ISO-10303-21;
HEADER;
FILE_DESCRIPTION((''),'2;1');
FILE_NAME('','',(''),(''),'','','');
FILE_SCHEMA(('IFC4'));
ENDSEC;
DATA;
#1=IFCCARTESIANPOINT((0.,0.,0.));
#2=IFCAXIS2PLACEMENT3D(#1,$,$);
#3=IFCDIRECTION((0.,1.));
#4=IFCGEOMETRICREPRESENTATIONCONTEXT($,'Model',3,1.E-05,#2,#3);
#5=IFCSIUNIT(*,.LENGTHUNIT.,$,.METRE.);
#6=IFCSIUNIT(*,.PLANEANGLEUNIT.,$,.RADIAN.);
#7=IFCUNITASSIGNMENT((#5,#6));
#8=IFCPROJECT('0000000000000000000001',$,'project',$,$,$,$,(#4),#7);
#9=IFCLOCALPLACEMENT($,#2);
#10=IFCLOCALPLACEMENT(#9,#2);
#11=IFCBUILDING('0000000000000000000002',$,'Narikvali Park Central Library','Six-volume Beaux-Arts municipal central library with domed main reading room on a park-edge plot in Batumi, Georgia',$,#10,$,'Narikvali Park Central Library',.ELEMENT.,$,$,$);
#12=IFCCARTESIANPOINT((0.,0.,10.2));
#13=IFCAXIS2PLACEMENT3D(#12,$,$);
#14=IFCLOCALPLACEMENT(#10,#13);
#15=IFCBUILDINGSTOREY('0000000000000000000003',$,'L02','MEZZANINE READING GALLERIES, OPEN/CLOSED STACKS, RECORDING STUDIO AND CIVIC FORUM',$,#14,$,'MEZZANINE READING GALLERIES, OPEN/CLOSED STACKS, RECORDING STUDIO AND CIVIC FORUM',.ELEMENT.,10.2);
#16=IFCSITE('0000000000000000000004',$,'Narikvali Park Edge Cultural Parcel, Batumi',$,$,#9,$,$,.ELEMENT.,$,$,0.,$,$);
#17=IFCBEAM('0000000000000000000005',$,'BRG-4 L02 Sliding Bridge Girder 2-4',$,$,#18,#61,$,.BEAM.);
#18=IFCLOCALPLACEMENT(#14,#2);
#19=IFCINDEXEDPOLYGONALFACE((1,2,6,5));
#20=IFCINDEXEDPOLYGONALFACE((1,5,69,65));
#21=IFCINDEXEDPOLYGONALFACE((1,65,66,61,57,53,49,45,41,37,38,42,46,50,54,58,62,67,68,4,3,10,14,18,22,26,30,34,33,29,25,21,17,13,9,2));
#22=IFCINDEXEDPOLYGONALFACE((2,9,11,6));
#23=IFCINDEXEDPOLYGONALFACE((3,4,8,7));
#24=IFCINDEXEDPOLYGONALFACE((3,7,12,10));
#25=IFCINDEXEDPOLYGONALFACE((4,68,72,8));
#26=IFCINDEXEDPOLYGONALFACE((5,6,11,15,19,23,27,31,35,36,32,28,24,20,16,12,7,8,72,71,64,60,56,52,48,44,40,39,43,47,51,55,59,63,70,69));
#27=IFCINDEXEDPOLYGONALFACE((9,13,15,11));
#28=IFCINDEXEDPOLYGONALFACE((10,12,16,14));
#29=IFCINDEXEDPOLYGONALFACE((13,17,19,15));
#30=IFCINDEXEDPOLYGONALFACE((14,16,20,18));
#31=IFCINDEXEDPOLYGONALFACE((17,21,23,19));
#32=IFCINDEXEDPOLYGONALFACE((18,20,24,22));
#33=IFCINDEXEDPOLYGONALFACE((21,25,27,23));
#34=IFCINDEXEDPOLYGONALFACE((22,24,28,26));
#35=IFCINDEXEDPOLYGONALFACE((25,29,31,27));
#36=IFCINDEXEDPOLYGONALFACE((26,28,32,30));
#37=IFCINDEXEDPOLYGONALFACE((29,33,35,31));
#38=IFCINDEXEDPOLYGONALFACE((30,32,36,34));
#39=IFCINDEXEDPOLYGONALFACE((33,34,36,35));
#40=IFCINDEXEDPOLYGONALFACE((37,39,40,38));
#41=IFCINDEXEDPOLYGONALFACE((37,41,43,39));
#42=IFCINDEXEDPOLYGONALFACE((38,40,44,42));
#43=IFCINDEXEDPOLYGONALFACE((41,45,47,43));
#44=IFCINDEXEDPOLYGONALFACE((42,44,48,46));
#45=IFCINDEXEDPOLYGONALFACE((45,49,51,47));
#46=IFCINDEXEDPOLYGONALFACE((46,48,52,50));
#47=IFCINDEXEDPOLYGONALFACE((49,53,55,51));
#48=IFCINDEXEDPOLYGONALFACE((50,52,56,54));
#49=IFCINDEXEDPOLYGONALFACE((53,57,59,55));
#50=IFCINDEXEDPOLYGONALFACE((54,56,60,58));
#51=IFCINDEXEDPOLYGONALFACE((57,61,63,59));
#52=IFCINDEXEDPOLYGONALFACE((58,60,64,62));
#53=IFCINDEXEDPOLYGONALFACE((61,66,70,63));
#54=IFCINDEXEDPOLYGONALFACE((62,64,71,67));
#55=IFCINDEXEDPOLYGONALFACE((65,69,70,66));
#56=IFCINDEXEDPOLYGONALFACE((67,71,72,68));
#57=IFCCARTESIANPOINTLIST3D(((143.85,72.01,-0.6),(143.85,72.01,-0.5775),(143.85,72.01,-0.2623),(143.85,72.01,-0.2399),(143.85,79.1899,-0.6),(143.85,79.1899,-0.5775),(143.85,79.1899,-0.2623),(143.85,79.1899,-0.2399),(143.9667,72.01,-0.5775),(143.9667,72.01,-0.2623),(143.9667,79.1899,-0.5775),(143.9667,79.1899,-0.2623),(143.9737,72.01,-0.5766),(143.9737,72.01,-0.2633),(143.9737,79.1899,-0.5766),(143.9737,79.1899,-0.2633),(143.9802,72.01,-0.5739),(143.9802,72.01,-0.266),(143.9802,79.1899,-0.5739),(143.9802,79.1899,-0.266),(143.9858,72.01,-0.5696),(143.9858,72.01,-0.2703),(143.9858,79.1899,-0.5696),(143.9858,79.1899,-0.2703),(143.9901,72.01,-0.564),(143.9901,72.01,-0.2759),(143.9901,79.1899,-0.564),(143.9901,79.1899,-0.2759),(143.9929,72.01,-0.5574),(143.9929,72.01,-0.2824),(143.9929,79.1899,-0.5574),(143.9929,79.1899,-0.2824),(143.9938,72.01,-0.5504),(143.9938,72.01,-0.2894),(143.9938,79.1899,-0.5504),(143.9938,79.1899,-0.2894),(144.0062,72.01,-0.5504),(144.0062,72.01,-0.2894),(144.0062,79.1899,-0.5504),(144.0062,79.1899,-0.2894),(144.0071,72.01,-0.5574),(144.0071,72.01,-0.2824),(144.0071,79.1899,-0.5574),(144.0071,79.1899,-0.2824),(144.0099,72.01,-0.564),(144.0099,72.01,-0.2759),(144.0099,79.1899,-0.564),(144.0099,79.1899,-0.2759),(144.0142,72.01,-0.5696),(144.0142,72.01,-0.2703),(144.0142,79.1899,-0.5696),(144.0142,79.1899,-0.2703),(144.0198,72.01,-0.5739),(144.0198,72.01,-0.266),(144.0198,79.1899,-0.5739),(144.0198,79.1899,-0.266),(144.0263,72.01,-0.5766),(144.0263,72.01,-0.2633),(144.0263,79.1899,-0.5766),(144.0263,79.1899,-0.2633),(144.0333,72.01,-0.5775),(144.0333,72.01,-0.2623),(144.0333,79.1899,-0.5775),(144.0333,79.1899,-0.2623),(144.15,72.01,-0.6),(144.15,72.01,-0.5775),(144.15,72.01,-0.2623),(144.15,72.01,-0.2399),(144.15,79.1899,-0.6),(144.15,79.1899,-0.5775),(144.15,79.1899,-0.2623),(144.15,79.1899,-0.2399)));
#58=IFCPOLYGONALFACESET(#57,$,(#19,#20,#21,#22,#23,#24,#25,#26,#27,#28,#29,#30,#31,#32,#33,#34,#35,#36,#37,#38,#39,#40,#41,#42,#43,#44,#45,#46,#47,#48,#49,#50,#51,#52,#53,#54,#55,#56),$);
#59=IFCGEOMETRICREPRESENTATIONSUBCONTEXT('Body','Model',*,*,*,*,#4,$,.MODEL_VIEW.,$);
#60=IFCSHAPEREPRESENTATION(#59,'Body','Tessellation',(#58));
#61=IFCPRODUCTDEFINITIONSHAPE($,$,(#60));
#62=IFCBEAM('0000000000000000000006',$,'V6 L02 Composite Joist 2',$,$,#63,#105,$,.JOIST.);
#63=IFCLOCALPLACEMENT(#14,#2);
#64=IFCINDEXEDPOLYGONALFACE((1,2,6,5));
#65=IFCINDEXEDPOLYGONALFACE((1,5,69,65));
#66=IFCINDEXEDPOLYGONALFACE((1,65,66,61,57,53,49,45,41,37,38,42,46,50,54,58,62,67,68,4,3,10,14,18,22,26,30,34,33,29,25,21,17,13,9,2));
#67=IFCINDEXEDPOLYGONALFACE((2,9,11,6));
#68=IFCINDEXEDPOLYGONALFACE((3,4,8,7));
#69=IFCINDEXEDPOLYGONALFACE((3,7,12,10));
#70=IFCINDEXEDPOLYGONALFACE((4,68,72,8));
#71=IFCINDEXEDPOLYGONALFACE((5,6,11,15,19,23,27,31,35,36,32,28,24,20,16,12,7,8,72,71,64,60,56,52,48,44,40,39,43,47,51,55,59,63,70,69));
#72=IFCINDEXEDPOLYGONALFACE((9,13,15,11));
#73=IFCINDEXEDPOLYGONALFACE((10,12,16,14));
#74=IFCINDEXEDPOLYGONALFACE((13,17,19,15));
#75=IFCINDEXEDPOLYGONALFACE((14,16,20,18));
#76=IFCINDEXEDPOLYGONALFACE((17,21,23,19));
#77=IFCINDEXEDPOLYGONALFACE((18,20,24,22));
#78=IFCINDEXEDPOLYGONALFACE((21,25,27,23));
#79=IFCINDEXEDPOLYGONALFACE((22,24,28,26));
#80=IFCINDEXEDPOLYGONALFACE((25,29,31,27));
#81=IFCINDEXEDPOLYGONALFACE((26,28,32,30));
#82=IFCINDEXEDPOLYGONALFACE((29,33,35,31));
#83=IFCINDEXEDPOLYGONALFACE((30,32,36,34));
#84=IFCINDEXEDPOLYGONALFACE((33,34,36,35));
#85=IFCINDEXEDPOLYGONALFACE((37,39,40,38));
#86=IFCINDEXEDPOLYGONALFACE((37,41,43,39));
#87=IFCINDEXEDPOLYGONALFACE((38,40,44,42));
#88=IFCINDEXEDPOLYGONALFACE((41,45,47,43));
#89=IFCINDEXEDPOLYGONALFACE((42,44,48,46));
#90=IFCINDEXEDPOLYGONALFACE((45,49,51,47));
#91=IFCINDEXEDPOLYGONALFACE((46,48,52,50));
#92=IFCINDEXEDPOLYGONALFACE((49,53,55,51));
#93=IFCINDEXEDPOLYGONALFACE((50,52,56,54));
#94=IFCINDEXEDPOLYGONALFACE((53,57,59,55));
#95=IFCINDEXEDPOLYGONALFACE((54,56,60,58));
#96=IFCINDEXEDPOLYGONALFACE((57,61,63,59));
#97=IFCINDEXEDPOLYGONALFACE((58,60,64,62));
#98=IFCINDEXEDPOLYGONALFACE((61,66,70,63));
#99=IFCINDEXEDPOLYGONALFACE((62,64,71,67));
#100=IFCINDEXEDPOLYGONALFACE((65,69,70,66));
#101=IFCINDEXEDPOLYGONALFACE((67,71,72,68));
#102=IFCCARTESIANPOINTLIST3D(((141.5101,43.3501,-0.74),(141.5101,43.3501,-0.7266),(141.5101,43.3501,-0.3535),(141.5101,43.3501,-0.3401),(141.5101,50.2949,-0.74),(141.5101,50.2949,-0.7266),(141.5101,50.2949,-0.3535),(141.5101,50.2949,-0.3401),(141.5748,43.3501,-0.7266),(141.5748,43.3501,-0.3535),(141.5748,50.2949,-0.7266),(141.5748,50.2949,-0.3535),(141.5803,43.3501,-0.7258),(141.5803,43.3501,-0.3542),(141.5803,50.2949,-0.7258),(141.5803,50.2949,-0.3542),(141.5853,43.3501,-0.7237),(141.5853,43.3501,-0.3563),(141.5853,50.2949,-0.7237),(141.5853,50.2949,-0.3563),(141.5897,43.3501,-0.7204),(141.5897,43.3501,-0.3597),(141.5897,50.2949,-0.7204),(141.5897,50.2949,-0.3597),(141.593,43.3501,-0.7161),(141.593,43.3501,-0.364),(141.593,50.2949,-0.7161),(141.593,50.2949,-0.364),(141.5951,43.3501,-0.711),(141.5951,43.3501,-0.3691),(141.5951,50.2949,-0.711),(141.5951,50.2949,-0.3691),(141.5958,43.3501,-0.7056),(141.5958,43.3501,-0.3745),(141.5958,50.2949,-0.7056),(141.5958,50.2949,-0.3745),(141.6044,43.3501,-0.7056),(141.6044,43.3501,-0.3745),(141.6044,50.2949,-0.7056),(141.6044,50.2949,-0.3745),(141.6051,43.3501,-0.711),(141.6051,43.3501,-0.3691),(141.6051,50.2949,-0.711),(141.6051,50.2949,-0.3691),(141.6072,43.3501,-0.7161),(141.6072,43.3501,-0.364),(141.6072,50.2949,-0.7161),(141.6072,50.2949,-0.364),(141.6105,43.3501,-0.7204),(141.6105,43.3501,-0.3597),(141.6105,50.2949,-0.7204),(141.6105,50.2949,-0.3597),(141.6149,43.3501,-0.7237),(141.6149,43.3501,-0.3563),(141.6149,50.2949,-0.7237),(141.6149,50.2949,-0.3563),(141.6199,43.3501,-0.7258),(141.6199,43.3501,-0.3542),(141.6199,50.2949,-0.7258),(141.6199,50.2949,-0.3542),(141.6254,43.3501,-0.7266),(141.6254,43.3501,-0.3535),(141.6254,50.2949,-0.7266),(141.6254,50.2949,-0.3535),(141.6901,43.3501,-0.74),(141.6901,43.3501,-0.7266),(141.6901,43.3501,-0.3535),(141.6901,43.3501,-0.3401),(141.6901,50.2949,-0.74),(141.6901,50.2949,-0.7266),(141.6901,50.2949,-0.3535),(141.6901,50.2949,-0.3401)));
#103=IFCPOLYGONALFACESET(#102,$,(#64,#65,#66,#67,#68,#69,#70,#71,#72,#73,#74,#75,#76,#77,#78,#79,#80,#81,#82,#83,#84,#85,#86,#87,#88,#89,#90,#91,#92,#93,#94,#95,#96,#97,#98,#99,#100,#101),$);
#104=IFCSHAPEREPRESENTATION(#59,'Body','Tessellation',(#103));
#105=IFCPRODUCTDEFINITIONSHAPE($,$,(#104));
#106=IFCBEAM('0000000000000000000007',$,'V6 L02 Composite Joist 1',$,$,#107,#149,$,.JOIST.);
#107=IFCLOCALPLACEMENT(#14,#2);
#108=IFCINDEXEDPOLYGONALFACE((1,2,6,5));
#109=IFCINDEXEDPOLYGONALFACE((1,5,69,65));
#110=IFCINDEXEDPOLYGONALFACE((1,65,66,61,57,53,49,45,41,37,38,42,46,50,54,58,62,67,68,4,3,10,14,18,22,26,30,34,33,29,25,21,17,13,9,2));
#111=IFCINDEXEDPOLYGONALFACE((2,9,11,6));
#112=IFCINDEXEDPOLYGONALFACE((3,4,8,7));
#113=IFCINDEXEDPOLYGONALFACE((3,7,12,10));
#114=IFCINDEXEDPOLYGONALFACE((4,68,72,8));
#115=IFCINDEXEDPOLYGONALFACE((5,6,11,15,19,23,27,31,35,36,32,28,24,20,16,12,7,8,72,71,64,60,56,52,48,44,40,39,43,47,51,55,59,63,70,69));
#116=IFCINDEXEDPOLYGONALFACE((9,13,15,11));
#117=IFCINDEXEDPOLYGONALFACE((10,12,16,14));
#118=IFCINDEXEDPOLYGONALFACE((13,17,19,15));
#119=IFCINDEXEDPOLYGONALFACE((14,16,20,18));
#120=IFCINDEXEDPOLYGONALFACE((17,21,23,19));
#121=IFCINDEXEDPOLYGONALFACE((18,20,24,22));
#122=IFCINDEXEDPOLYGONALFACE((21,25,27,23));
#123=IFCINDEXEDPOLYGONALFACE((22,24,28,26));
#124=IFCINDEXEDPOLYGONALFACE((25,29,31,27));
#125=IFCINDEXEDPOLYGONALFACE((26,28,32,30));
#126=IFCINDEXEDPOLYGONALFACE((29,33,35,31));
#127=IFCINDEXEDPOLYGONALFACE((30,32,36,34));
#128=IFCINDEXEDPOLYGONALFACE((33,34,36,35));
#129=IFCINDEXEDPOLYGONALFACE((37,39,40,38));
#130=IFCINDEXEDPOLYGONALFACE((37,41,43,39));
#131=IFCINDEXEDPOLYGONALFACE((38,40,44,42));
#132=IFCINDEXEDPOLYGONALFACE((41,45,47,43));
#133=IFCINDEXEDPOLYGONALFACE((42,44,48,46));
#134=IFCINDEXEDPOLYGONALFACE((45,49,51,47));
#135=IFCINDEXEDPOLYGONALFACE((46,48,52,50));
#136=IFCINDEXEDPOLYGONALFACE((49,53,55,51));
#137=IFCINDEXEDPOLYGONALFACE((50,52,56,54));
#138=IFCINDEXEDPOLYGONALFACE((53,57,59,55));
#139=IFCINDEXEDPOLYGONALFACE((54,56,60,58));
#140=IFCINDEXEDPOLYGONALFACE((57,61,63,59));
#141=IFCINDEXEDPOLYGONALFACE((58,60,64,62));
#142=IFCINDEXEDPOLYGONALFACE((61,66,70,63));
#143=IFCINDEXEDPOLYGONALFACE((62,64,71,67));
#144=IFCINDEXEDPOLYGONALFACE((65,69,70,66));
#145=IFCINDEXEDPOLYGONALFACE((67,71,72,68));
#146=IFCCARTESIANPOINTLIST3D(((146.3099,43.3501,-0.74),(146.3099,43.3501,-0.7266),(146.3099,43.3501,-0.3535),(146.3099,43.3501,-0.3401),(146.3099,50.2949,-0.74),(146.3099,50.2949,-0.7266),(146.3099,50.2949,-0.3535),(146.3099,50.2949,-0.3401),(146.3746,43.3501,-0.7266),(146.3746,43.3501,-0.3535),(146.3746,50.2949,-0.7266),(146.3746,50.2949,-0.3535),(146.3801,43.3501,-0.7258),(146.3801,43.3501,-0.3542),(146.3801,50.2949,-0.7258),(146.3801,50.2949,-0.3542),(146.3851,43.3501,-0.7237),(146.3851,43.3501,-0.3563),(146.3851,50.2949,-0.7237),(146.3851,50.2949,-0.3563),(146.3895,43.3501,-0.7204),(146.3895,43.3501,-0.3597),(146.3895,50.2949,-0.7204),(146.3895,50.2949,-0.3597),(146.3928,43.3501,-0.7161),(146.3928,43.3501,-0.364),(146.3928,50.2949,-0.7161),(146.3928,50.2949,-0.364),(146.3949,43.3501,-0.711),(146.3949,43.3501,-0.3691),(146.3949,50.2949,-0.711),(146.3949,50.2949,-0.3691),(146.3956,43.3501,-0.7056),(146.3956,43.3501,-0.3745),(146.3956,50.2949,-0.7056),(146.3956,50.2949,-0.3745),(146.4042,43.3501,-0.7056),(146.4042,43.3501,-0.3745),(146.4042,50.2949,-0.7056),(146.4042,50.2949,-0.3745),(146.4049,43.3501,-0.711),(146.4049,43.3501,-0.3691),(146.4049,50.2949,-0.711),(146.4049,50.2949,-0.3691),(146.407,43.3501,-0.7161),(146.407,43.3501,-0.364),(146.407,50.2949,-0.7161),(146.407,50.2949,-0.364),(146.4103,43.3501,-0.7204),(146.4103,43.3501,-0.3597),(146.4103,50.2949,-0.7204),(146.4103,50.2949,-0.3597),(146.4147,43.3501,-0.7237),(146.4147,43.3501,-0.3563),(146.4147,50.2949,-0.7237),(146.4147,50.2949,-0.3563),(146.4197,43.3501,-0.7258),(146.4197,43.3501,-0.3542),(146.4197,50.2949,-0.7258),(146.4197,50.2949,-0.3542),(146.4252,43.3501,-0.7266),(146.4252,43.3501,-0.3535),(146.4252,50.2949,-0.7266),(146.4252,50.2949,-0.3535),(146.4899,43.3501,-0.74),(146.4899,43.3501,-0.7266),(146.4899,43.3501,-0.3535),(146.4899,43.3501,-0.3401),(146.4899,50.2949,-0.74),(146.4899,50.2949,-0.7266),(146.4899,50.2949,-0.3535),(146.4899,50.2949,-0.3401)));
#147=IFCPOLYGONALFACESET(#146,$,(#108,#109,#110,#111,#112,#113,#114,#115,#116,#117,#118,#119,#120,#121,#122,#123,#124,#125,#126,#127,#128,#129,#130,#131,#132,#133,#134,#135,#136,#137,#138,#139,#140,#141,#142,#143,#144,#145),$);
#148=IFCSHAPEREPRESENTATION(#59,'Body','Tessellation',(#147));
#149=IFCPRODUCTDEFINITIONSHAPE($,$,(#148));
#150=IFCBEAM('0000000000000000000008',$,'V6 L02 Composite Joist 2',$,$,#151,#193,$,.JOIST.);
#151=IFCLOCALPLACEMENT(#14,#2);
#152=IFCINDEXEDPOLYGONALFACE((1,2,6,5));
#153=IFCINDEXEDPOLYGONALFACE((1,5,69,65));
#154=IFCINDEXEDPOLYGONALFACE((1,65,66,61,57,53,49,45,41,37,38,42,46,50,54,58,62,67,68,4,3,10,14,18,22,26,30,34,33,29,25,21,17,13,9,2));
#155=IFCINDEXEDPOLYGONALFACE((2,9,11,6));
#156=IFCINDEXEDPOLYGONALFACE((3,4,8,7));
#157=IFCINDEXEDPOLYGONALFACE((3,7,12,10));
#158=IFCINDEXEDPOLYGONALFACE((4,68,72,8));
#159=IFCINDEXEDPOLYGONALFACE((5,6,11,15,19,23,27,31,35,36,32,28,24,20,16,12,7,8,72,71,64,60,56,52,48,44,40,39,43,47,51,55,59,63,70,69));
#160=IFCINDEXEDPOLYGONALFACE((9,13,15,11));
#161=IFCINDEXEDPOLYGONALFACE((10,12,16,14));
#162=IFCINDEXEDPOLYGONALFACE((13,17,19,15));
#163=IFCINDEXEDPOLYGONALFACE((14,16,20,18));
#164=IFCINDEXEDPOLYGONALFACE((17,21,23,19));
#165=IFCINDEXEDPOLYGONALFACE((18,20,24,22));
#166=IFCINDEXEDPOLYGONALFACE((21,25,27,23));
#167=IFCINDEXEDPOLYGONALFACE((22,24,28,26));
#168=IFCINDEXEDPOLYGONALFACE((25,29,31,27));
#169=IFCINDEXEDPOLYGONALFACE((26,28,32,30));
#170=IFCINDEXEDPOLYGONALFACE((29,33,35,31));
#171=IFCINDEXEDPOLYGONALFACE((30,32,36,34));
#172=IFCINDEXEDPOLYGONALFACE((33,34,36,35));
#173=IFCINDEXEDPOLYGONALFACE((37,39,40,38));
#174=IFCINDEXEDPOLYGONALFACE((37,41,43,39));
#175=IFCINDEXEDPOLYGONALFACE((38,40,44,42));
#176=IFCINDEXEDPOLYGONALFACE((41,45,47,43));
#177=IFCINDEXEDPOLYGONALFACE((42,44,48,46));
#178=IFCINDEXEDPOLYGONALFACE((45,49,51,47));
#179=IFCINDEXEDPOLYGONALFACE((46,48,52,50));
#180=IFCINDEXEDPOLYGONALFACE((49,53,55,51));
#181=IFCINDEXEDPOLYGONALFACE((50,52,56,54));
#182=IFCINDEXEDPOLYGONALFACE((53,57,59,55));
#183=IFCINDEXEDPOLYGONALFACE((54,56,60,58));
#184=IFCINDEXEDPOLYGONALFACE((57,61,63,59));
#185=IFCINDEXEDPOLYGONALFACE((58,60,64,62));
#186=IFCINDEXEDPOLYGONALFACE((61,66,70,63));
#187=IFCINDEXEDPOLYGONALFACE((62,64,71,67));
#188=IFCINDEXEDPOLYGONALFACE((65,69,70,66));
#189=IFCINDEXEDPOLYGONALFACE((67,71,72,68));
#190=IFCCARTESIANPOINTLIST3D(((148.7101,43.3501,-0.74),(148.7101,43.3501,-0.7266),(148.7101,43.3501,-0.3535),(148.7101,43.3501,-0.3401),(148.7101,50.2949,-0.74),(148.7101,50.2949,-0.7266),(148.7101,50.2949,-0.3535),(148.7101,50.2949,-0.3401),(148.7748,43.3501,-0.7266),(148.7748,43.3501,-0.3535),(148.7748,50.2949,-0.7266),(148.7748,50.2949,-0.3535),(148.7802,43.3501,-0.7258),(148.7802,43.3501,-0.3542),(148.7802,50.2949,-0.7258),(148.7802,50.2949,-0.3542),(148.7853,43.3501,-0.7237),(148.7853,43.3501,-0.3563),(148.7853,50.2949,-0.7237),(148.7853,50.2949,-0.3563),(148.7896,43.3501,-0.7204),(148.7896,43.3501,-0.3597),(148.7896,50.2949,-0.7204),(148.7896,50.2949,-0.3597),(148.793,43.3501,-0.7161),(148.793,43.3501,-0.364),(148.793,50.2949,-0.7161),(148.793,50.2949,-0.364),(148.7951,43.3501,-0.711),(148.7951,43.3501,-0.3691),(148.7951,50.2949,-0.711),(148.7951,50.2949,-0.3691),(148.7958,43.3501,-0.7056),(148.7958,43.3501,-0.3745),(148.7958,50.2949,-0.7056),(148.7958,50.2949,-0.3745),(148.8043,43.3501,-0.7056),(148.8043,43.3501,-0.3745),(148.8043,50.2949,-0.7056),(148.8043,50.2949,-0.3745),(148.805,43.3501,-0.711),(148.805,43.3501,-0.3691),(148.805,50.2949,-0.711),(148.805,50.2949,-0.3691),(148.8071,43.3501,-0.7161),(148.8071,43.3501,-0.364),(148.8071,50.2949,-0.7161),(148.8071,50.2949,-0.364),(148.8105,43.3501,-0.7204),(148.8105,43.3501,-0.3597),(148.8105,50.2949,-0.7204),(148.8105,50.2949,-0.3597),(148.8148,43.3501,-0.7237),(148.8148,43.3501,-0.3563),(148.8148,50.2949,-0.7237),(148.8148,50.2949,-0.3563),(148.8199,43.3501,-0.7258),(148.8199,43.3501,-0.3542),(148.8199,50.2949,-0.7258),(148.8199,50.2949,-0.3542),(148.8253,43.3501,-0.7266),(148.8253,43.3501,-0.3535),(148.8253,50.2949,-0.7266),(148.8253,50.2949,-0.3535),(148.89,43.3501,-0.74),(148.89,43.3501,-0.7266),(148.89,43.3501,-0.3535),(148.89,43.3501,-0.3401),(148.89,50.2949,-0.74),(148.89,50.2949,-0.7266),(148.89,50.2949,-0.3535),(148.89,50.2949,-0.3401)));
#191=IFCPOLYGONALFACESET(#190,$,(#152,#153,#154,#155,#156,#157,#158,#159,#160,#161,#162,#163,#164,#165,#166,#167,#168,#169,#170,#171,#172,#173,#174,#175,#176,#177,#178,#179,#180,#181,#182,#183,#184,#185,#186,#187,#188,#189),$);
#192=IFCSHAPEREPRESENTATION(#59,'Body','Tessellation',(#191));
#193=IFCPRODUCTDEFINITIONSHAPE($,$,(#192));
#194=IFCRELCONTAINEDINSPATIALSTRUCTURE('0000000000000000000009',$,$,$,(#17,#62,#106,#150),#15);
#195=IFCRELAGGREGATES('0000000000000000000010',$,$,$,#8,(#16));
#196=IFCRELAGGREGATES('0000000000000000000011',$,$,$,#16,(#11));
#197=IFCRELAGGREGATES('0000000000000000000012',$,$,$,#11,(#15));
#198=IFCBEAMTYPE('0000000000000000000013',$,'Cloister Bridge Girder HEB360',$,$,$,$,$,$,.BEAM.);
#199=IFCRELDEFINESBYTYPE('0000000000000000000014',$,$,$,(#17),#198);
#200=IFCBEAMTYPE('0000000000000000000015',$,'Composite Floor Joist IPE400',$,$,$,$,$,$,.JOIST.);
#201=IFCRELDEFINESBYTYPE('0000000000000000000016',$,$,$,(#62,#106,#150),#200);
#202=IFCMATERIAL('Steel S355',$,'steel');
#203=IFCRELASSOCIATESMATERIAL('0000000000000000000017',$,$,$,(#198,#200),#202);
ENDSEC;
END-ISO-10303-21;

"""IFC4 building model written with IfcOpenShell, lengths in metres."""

from ifc_helpers import new_model, si_unit, direction, frame, origin, origin_2d, place, context, subcontext, project, spatial, i_section, extrude, material, material_profile, profile_set, type_object, element, save


model = new_model("IFC4")

# Units and contexts
model_context = context("Model", 3, precision=1e-05, world=origin(), true_north=direction((0.0, 1.0)))
body_context = subcontext(model_context, "Body", "Model", "MODEL_VIEW")
ifc_project = project(units=[si_unit("LENGTHUNIT", "METRE"), si_unit("PLANEANGLEUNIT", "RADIAN")], contexts=[model_context])

# Site, building, storey
site_placement = place(None, origin())
site = spatial("IfcSite", under=ifc_project, at=site_placement, Name="Narikvali Park Edge Cultural Parcel, Batumi", CompositionType="ELEMENT", RefElevation=0.0)
building_placement = place(site_placement, origin())
building = spatial("IfcBuilding", under=site, at=building_placement, Name="Narikvali Park Central Library", Description="Six-volume Beaux-Arts municipal central library with domed main reading room on a park-edge plot in Batumi, Georgia", LongName="Narikvali Park Central Library", CompositionType="ELEMENT")
storey_placement = place(building_placement, frame((0.0, 0.0, 10.2)))
storey = spatial("IfcBuildingStorey", under=building, at=storey_placement, Name="L02", Description="MEZZANINE READING GALLERIES, OPEN/CLOSED STACKS, RECORDING STUDIO AND CIVIC FORUM", LongName="MEZZANINE READING GALLERIES, OPEN/CLOSED STACKS, RECORDING STUDIO AND CIVIC FORUM", CompositionType="ELEMENT", Elevation=10.2)

# Beams
ifc_material_1 = material(Name="Steel S355", Category="steel")
ifc_material_profile_1 = material_profile(ifc_material_1, i_section(OverallWidth=0.3, OverallDepth=0.3601, WebThickness=0.0125, FlangeThickness=0.0225, FilletRadius=0.0271, at=origin_2d()), Name="HEB 360")
ifc_profile_set_1 = profile_set([ifc_material_profile_1], Name="Steel S355")
beam_type_1 = type_object("IfcBeamType", Name="Cloister Bridge Girder HEB360", PredefinedType="BEAM", material=ifc_profile_set_1)
for number, where, z_axis, x_axis, name in (
    (1, (144.0, 72.01, -0.4199), (0.0, 1.0, 0.0), (-1.0, 0.0, 0.0), "BRG-4 L02 Sliding Bridge Girder 2-4"),
):
    element("IfcBeam", number, at=place(storey_placement, frame(where, z_axis=z_axis, x_axis=x_axis)), inside=storey, type_object=beam_type_1, Name=name, PredefinedType="BEAM", context=body_context, shape_type="SweptSolid", body=[
        extrude(i_section(OverallWidth=0.3, OverallDepth=0.3601, WebThickness=0.0125, FlangeThickness=0.0225, FilletRadius=0.0271, at=origin_2d()), origin(), (0.0, 0.0, 1.0), 7.1799),
    ])
ifc_material_profile_2 = material_profile(ifc_material_1, i_section(OverallWidth=0.1799, OverallDepth=0.3999, WebThickness=0.0085, FlangeThickness=0.0134, FilletRadius=0.021, at=origin_2d()), Name="IPE 400")
ifc_profile_set_2 = profile_set([ifc_material_profile_2], Name="Steel S355")
beam_type_2 = type_object("IfcBeamType", Name="Composite Floor Joist IPE400", PredefinedType="JOIST", material=ifc_profile_set_2)
for number, where, z_axis, x_axis, name in (
    (2, (141.6001, 43.3501, -0.54), (0.0, 1.0, 0.0), (-1.0, 0.0, 0.0), "V6 L02 Composite Joist 2"),
    (3, (146.3999, 43.3501, -0.54), (0.0, 1.0, 0.0), (-1.0, 0.0, 0.0), "V6 L02 Composite Joist 1"),
    (4, (148.8, 43.3501, -0.54), (0.0, 1.0, 0.0), (-1.0, 0.0, 0.0), "V6 L02 Composite Joist 2"),
):
    element("IfcBeam", number, at=place(storey_placement, frame(where, z_axis=z_axis, x_axis=x_axis)), inside=storey, type_object=beam_type_2, Name=name, PredefinedType="JOIST", context=body_context, shape_type="SweptSolid", body=[
        extrude(i_section(OverallWidth=0.1799, OverallDepth=0.3999, WebThickness=0.0085, FlangeThickness=0.0134, FilletRadius=0.021, at=origin_2d()), origin(), (0.0, 0.0, 1.0), 6.9448),
    ])

save(model, "model.ifc")
